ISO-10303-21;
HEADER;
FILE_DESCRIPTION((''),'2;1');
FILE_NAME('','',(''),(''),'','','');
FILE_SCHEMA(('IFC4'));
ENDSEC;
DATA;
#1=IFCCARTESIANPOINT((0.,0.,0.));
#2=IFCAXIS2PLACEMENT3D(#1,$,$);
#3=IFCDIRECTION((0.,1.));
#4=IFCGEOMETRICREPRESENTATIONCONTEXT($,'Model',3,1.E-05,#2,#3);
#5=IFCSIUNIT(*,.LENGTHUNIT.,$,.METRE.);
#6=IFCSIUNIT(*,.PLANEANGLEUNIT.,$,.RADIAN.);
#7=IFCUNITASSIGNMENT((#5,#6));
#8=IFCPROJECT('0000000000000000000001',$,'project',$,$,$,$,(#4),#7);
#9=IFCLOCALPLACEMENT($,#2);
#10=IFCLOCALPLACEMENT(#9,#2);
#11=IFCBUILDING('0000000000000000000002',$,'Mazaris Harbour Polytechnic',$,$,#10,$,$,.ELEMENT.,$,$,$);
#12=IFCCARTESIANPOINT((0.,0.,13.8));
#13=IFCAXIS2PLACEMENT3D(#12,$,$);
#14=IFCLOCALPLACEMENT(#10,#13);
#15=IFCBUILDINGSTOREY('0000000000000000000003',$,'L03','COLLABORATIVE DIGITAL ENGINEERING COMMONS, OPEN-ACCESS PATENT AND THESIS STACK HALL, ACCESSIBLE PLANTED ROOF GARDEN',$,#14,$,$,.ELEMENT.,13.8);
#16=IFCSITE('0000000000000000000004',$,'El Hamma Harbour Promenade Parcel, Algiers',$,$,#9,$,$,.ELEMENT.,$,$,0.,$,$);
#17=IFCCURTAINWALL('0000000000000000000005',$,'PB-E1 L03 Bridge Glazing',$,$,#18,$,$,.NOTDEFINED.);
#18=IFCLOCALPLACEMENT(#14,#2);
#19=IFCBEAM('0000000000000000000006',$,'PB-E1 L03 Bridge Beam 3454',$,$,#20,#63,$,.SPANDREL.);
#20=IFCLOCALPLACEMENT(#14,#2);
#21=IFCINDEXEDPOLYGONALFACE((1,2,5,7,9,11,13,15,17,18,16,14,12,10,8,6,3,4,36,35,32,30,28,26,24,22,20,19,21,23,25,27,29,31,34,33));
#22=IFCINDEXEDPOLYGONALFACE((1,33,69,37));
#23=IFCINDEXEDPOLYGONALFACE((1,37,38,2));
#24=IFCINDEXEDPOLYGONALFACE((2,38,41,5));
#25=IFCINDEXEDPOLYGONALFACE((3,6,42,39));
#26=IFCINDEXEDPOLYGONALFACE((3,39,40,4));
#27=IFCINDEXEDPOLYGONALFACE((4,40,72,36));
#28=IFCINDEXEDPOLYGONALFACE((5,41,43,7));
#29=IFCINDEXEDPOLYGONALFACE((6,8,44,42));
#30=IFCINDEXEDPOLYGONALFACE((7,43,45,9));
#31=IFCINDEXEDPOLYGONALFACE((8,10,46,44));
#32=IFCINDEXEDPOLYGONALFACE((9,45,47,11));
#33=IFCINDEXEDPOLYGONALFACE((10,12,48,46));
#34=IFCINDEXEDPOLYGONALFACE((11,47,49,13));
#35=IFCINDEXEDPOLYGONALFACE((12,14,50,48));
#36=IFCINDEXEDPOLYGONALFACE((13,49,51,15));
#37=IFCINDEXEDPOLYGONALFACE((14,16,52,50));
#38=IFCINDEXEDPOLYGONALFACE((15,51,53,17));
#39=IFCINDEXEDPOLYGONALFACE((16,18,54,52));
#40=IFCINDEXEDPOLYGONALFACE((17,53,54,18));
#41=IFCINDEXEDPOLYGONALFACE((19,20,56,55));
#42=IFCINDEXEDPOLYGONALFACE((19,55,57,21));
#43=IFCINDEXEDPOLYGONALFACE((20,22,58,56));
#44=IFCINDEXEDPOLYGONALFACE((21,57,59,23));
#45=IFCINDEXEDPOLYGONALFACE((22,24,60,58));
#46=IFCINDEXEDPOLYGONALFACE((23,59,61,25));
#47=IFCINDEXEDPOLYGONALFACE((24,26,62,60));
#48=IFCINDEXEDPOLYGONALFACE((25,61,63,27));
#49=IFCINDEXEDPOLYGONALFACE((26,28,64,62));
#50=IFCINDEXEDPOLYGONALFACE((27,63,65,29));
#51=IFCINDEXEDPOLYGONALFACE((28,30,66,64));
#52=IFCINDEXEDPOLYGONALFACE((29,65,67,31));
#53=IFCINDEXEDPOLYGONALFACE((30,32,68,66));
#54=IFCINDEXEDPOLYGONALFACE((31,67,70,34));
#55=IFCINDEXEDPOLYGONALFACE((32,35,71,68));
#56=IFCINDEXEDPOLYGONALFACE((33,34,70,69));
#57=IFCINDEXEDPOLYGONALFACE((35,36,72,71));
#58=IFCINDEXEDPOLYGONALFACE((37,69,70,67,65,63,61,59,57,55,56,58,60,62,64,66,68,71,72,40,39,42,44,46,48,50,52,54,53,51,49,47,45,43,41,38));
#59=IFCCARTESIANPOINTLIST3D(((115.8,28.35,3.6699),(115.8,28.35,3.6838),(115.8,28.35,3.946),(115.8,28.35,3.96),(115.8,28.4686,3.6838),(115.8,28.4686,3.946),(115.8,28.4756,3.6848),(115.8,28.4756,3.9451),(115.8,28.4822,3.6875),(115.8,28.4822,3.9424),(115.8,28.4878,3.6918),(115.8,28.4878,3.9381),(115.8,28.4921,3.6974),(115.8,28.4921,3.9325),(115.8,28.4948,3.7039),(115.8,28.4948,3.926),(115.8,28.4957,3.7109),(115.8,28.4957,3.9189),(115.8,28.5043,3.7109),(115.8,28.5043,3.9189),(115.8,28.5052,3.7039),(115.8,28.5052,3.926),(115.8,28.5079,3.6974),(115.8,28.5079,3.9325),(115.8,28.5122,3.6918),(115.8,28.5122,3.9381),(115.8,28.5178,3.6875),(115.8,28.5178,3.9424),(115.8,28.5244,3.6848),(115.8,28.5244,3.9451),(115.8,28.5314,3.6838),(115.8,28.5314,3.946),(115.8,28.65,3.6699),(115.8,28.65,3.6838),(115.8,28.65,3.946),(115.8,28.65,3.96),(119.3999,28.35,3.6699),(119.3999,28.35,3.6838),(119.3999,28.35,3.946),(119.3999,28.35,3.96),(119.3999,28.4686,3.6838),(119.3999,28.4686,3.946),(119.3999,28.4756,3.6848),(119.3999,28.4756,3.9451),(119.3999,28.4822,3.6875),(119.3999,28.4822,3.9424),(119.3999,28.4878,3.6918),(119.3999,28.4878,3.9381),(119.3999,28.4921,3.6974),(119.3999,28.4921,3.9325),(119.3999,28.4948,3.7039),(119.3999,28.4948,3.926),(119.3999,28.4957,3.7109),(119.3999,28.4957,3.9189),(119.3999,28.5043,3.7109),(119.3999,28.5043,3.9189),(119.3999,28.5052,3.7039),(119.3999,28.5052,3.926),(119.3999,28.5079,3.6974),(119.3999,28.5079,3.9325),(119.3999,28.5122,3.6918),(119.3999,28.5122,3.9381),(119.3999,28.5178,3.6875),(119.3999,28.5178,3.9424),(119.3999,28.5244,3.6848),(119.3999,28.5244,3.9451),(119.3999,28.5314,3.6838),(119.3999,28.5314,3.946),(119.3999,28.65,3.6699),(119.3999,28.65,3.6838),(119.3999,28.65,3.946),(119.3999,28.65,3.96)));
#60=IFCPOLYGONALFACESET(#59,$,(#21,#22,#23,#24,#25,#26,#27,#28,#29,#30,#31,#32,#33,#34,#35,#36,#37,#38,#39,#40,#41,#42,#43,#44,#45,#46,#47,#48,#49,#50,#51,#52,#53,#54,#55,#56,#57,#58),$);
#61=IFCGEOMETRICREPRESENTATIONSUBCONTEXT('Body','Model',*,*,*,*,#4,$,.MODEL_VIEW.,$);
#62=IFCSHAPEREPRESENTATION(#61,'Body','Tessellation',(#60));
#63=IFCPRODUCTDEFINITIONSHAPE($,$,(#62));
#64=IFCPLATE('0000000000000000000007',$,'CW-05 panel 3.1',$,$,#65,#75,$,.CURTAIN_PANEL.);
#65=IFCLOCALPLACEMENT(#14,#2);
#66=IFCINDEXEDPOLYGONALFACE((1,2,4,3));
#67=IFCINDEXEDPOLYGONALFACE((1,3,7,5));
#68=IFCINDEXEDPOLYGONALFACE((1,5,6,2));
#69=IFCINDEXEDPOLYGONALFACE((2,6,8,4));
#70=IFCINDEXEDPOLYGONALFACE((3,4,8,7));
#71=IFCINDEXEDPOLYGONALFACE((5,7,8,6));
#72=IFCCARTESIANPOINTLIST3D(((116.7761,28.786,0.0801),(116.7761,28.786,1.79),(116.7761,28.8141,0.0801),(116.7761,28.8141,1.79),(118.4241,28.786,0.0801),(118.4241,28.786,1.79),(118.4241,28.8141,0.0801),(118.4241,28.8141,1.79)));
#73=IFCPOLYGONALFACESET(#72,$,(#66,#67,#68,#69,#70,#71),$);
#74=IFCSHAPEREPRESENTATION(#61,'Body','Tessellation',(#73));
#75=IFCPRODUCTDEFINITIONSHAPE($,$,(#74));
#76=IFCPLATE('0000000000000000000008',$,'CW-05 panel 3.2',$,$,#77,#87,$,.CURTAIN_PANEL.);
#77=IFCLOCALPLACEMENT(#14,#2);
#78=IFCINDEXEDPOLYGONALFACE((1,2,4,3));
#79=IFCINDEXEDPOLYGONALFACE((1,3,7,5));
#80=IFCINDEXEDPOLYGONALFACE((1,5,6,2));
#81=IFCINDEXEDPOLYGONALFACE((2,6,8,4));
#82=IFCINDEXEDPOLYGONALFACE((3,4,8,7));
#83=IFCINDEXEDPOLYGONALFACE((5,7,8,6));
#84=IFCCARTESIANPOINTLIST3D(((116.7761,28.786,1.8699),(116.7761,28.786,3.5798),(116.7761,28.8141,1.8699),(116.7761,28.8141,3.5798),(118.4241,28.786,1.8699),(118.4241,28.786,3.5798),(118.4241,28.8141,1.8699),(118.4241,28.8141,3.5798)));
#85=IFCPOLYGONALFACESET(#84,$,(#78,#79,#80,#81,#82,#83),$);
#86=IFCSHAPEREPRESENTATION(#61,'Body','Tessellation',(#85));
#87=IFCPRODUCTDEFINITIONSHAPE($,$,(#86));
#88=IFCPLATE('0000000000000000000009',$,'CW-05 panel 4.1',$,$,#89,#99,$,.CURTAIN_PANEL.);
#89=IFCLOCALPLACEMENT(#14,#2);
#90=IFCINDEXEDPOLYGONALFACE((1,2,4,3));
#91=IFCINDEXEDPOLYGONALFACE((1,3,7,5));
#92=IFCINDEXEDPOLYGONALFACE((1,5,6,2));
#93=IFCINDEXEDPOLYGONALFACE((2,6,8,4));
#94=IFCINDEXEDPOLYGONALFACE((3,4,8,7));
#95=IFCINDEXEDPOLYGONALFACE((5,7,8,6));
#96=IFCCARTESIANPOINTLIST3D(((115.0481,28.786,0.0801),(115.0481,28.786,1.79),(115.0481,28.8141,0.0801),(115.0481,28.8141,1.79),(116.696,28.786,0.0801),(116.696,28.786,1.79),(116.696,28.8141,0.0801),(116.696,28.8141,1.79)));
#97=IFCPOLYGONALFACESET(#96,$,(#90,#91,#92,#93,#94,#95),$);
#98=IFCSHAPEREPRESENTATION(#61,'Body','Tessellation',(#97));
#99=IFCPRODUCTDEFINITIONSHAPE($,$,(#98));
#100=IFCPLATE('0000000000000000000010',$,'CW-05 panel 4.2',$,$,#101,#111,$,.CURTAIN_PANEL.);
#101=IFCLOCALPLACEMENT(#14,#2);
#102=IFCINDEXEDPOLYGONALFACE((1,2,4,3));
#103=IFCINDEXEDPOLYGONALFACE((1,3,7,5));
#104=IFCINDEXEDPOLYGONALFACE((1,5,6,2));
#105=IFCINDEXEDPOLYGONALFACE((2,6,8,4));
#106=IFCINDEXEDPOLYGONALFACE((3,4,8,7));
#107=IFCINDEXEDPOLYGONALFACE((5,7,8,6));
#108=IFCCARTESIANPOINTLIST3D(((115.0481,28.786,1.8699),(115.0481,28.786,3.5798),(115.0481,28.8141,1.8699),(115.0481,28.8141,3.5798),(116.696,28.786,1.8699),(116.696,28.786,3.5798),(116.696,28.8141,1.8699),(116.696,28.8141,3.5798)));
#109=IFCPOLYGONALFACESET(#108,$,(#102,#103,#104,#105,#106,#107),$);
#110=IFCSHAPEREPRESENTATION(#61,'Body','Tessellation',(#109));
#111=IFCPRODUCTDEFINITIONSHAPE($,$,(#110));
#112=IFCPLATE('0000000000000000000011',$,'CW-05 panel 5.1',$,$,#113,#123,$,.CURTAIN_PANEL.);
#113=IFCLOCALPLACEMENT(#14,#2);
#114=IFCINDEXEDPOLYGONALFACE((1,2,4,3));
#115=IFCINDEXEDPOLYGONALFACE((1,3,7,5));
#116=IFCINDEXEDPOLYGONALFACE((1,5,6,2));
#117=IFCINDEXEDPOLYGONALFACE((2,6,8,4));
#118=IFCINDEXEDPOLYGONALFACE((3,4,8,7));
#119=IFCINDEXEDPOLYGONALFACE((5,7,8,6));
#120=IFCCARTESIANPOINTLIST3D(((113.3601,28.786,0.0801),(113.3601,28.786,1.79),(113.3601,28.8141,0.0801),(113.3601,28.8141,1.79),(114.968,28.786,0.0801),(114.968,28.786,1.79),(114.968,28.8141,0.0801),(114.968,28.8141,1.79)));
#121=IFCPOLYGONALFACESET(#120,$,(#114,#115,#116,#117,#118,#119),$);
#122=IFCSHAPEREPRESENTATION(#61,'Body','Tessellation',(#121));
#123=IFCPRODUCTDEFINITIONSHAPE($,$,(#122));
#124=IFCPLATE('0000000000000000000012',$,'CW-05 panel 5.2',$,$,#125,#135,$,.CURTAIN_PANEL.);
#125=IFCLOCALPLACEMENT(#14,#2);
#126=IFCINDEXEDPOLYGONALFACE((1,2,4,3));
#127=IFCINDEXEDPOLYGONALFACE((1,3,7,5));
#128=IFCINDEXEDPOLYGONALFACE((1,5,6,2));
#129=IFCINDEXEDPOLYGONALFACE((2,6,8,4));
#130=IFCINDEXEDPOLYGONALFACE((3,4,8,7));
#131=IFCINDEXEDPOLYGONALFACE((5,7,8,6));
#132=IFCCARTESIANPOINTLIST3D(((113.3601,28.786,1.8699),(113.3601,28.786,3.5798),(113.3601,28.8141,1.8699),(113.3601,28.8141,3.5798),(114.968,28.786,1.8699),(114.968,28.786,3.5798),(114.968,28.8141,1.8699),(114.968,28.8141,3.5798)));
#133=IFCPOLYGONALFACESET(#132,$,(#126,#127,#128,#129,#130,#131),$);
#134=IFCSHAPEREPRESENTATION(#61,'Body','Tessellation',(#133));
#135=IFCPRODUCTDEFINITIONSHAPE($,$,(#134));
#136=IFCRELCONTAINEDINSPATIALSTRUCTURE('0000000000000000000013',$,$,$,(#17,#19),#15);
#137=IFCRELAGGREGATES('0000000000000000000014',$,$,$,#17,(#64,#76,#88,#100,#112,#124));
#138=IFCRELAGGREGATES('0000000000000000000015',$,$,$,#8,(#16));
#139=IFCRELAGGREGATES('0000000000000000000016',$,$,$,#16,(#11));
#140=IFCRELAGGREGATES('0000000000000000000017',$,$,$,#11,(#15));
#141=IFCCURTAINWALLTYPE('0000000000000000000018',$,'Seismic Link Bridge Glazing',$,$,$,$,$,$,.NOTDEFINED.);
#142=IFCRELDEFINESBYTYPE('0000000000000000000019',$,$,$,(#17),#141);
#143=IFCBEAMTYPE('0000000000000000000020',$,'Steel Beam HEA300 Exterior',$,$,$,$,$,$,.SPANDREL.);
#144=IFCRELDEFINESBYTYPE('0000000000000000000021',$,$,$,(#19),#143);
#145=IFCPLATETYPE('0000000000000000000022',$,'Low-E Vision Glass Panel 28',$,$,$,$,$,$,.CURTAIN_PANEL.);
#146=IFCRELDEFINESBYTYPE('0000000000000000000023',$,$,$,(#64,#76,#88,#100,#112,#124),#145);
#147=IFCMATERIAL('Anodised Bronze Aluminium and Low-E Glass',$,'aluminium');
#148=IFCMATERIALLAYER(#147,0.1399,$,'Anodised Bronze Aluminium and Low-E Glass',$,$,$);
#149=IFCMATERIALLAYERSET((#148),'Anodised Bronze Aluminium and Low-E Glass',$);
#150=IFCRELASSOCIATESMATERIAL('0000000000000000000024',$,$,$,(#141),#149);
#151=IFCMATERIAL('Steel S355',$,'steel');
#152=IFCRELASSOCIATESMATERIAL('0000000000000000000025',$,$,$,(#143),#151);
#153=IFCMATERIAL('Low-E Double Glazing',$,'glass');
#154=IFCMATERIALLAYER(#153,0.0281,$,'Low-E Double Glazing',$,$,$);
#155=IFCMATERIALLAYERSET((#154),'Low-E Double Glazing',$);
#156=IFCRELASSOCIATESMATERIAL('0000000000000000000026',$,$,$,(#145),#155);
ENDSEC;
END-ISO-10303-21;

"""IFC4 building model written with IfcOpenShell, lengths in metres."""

from ifc_helpers import new_model, si_unit, direction, frame, origin, origin_2d, place, context, subcontext, project, spatial, rectangle, i_section, extrude, material, layer, layer_set, material_profile, profile_set, type_object, element, aggregate, save


model = new_model("IFC4")

# Units and contexts
model_context = context("Model", 3, precision=1e-05, world=origin(), true_north=direction((0.0, 1.0)))
body_context = subcontext(model_context, "Body", "Model", "MODEL_VIEW")
ifc_project = project(units=[si_unit("LENGTHUNIT", "METRE"), si_unit("PLANEANGLEUNIT", "RADIAN")], contexts=[model_context])

# Site, building, storey
site_placement = place(None, origin())
site = spatial("IfcSite", under=ifc_project, at=site_placement, Name="El Hamma Harbour Promenade Parcel, Algiers", CompositionType="ELEMENT", RefElevation=0.0)
building_placement = place(site_placement, origin())
building = spatial("IfcBuilding", under=site, at=building_placement, Name="Mazaris Harbour Polytechnic", CompositionType="ELEMENT")
storey_placement = place(building_placement, frame((0.0, 0.0, 13.8)))
storey = spatial("IfcBuildingStorey", under=building, at=storey_placement, Name="L03", Description="COLLABORATIVE DIGITAL ENGINEERING COMMONS, OPEN-ACCESS PATENT AND THESIS STACK HALL, ACCESSIBLE PLANTED ROOF GARDEN", CompositionType="ELEMENT", Elevation=13.8)

# Curtain wall
ifc_material_1 = material(Name="Anodised Bronze Aluminium and Low-E Glass", Category="aluminium")
ifc_layer_1 = layer(ifc_material_1, 0.1399, Name="Anodised Bronze Aluminium and Low-E Glass")
ifc_layer_set_1 = layer_set([ifc_layer_1], Name="Anodised Bronze Aluminium and Low-E Glass")
curtain_wall_type = type_object("IfcCurtainWallType", Name="Seismic Link Bridge Glazing", PredefinedType="NOTDEFINED", material=ifc_layer_set_1)
curtain_wall_placement = place(storey_placement, origin())
curtain_wall = element("IfcCurtainWall", 1, at=curtain_wall_placement, inside=storey, type_object=curtain_wall_type, Name="PB-E1 L03 Bridge Glazing", PredefinedType="NOTDEFINED")

# Beam
ifc_material_2 = material(Name="Steel S355", Category="steel")
ifc_material_profile_1 = material_profile(ifc_material_2, i_section(OverallWidth=0.3, OverallDepth=0.29, WebThickness=0.0085, FlangeThickness=0.0139, FilletRadius=0.0271, at=origin_2d()), Name="HEA 300")
ifc_profile_set_1 = profile_set([ifc_material_profile_1], Name="Steel S355")
beam_type = type_object("IfcBeamType", Name="Steel Beam HEA300 Exterior", PredefinedType="SPANDREL", material=ifc_profile_set_1)
beam_1_placement = place(storey_placement, frame((115.8, 28.5, 3.8149), z_axis=(1.0, 0.0, 0.0), x_axis=(0.0, 1.0, 0.0)))
element("IfcBeam", 2, at=beam_1_placement, inside=storey, type_object=beam_type, Name="PB-E1 L03 Bridge Beam 3454", PredefinedType="SPANDREL", context=body_context, shape_type="SweptSolid", body=[
    extrude(i_section(OverallWidth=0.3, OverallDepth=0.29, WebThickness=0.0085, FlangeThickness=0.0139, FilletRadius=0.0271, at=origin_2d()), origin(), (0.0, 0.0, 1.0), 3.5999),
])

# Plates
ifc_material_3 = material(Name="Low-E Double Glazing", Category="glass")
ifc_layer_2 = layer(ifc_material_3, 0.0281, Name="Low-E Double Glazing")
ifc_layer_set_2 = layer_set([ifc_layer_2], Name="Low-E Double Glazing")
plate_type = type_object("IfcPlateType", Name="Low-E Vision Glass Panel 28", PredefinedType="CURTAIN_PANEL", material=ifc_layer_set_2)
plate_1_placement = place(storey_placement, frame((117.6001, 28.8, 0.0801), z_axis=(0.0, 0.0, 1.0), x_axis=(-1.0, 0.0, 0.0)))
plate_1 = element("IfcPlate", 3, at=plate_1_placement, type_object=plate_type, Name="CW-05 panel 3.1", PredefinedType="CURTAIN_PANEL", context=body_context, shape_type="SweptSolid", body=[
    extrude(rectangle(XDim=1.6479, YDim=0.0281, at=origin_2d()), origin(), (0.0, 0.0, 1.0), 1.71),
])
plate_2_placement = place(storey_placement, frame((117.6001, 28.8, 1.8699), z_axis=(0.0, 0.0, 1.0), x_axis=(-1.0, 0.0, 0.0)))
plate_2 = element("IfcPlate", 4, at=plate_2_placement, type_object=plate_type, Name="CW-05 panel 3.2", PredefinedType="CURTAIN_PANEL", context=body_context, shape_type="SweptSolid", body=[
    extrude(rectangle(XDim=1.6479, YDim=0.0281, at=origin_2d()), origin(), (0.0, 0.0, 1.0), 1.71),
])
plate_3_placement = place(storey_placement, frame((115.8721, 28.8, 0.0801), z_axis=(0.0, 0.0, 1.0), x_axis=(-1.0, 0.0, 0.0)))
plate_3 = element("IfcPlate", 5, at=plate_3_placement, type_object=plate_type, Name="CW-05 panel 4.1", PredefinedType="CURTAIN_PANEL", context=body_context, shape_type="SweptSolid", body=[
    extrude(rectangle(XDim=1.6479, YDim=0.0281, at=origin_2d()), origin(), (0.0, 0.0, 1.0), 1.71),
])
plate_4_placement = place(storey_placement, frame((115.8721, 28.8, 1.8699), z_axis=(0.0, 0.0, 1.0), x_axis=(-1.0, 0.0, 0.0)))
plate_4 = element("IfcPlate", 6, at=plate_4_placement, type_object=plate_type, Name="CW-05 panel 4.2", PredefinedType="CURTAIN_PANEL", context=body_context, shape_type="SweptSolid", body=[
    extrude(rectangle(XDim=1.6479, YDim=0.0281, at=origin_2d()), origin(), (0.0, 0.0, 1.0), 1.71),
])
plate_5_placement = place(storey_placement, frame((114.1641, 28.8, 0.0801), z_axis=(0.0, 0.0, 1.0), x_axis=(-1.0, 0.0, 0.0)))
plate_5 = element("IfcPlate", 7, at=plate_5_placement, type_object=plate_type, Name="CW-05 panel 5.1", PredefinedType="CURTAIN_PANEL", context=body_context, shape_type="SweptSolid", body=[
    extrude(rectangle(XDim=1.6079, YDim=0.0281, at=origin_2d()), origin(), (0.0, 0.0, 1.0), 1.71),
])
plate_6_placement = place(storey_placement, frame((114.1641, 28.8, 1.8699), z_axis=(0.0, 0.0, 1.0), x_axis=(-1.0, 0.0, 0.0)))
plate_6 = element("IfcPlate", 8, at=plate_6_placement, type_object=plate_type, Name="CW-05 panel 5.2", PredefinedType="CURTAIN_PANEL", context=body_context, shape_type="SweptSolid", body=[
    extrude(rectangle(XDim=1.6079, YDim=0.0281, at=origin_2d()), origin(), (0.0, 0.0, 1.0), 1.71),
])
aggregate(curtain_wall, [plate_1, plate_2, plate_3, plate_4, plate_5, plate_6])

save(model, "model.ifc")
